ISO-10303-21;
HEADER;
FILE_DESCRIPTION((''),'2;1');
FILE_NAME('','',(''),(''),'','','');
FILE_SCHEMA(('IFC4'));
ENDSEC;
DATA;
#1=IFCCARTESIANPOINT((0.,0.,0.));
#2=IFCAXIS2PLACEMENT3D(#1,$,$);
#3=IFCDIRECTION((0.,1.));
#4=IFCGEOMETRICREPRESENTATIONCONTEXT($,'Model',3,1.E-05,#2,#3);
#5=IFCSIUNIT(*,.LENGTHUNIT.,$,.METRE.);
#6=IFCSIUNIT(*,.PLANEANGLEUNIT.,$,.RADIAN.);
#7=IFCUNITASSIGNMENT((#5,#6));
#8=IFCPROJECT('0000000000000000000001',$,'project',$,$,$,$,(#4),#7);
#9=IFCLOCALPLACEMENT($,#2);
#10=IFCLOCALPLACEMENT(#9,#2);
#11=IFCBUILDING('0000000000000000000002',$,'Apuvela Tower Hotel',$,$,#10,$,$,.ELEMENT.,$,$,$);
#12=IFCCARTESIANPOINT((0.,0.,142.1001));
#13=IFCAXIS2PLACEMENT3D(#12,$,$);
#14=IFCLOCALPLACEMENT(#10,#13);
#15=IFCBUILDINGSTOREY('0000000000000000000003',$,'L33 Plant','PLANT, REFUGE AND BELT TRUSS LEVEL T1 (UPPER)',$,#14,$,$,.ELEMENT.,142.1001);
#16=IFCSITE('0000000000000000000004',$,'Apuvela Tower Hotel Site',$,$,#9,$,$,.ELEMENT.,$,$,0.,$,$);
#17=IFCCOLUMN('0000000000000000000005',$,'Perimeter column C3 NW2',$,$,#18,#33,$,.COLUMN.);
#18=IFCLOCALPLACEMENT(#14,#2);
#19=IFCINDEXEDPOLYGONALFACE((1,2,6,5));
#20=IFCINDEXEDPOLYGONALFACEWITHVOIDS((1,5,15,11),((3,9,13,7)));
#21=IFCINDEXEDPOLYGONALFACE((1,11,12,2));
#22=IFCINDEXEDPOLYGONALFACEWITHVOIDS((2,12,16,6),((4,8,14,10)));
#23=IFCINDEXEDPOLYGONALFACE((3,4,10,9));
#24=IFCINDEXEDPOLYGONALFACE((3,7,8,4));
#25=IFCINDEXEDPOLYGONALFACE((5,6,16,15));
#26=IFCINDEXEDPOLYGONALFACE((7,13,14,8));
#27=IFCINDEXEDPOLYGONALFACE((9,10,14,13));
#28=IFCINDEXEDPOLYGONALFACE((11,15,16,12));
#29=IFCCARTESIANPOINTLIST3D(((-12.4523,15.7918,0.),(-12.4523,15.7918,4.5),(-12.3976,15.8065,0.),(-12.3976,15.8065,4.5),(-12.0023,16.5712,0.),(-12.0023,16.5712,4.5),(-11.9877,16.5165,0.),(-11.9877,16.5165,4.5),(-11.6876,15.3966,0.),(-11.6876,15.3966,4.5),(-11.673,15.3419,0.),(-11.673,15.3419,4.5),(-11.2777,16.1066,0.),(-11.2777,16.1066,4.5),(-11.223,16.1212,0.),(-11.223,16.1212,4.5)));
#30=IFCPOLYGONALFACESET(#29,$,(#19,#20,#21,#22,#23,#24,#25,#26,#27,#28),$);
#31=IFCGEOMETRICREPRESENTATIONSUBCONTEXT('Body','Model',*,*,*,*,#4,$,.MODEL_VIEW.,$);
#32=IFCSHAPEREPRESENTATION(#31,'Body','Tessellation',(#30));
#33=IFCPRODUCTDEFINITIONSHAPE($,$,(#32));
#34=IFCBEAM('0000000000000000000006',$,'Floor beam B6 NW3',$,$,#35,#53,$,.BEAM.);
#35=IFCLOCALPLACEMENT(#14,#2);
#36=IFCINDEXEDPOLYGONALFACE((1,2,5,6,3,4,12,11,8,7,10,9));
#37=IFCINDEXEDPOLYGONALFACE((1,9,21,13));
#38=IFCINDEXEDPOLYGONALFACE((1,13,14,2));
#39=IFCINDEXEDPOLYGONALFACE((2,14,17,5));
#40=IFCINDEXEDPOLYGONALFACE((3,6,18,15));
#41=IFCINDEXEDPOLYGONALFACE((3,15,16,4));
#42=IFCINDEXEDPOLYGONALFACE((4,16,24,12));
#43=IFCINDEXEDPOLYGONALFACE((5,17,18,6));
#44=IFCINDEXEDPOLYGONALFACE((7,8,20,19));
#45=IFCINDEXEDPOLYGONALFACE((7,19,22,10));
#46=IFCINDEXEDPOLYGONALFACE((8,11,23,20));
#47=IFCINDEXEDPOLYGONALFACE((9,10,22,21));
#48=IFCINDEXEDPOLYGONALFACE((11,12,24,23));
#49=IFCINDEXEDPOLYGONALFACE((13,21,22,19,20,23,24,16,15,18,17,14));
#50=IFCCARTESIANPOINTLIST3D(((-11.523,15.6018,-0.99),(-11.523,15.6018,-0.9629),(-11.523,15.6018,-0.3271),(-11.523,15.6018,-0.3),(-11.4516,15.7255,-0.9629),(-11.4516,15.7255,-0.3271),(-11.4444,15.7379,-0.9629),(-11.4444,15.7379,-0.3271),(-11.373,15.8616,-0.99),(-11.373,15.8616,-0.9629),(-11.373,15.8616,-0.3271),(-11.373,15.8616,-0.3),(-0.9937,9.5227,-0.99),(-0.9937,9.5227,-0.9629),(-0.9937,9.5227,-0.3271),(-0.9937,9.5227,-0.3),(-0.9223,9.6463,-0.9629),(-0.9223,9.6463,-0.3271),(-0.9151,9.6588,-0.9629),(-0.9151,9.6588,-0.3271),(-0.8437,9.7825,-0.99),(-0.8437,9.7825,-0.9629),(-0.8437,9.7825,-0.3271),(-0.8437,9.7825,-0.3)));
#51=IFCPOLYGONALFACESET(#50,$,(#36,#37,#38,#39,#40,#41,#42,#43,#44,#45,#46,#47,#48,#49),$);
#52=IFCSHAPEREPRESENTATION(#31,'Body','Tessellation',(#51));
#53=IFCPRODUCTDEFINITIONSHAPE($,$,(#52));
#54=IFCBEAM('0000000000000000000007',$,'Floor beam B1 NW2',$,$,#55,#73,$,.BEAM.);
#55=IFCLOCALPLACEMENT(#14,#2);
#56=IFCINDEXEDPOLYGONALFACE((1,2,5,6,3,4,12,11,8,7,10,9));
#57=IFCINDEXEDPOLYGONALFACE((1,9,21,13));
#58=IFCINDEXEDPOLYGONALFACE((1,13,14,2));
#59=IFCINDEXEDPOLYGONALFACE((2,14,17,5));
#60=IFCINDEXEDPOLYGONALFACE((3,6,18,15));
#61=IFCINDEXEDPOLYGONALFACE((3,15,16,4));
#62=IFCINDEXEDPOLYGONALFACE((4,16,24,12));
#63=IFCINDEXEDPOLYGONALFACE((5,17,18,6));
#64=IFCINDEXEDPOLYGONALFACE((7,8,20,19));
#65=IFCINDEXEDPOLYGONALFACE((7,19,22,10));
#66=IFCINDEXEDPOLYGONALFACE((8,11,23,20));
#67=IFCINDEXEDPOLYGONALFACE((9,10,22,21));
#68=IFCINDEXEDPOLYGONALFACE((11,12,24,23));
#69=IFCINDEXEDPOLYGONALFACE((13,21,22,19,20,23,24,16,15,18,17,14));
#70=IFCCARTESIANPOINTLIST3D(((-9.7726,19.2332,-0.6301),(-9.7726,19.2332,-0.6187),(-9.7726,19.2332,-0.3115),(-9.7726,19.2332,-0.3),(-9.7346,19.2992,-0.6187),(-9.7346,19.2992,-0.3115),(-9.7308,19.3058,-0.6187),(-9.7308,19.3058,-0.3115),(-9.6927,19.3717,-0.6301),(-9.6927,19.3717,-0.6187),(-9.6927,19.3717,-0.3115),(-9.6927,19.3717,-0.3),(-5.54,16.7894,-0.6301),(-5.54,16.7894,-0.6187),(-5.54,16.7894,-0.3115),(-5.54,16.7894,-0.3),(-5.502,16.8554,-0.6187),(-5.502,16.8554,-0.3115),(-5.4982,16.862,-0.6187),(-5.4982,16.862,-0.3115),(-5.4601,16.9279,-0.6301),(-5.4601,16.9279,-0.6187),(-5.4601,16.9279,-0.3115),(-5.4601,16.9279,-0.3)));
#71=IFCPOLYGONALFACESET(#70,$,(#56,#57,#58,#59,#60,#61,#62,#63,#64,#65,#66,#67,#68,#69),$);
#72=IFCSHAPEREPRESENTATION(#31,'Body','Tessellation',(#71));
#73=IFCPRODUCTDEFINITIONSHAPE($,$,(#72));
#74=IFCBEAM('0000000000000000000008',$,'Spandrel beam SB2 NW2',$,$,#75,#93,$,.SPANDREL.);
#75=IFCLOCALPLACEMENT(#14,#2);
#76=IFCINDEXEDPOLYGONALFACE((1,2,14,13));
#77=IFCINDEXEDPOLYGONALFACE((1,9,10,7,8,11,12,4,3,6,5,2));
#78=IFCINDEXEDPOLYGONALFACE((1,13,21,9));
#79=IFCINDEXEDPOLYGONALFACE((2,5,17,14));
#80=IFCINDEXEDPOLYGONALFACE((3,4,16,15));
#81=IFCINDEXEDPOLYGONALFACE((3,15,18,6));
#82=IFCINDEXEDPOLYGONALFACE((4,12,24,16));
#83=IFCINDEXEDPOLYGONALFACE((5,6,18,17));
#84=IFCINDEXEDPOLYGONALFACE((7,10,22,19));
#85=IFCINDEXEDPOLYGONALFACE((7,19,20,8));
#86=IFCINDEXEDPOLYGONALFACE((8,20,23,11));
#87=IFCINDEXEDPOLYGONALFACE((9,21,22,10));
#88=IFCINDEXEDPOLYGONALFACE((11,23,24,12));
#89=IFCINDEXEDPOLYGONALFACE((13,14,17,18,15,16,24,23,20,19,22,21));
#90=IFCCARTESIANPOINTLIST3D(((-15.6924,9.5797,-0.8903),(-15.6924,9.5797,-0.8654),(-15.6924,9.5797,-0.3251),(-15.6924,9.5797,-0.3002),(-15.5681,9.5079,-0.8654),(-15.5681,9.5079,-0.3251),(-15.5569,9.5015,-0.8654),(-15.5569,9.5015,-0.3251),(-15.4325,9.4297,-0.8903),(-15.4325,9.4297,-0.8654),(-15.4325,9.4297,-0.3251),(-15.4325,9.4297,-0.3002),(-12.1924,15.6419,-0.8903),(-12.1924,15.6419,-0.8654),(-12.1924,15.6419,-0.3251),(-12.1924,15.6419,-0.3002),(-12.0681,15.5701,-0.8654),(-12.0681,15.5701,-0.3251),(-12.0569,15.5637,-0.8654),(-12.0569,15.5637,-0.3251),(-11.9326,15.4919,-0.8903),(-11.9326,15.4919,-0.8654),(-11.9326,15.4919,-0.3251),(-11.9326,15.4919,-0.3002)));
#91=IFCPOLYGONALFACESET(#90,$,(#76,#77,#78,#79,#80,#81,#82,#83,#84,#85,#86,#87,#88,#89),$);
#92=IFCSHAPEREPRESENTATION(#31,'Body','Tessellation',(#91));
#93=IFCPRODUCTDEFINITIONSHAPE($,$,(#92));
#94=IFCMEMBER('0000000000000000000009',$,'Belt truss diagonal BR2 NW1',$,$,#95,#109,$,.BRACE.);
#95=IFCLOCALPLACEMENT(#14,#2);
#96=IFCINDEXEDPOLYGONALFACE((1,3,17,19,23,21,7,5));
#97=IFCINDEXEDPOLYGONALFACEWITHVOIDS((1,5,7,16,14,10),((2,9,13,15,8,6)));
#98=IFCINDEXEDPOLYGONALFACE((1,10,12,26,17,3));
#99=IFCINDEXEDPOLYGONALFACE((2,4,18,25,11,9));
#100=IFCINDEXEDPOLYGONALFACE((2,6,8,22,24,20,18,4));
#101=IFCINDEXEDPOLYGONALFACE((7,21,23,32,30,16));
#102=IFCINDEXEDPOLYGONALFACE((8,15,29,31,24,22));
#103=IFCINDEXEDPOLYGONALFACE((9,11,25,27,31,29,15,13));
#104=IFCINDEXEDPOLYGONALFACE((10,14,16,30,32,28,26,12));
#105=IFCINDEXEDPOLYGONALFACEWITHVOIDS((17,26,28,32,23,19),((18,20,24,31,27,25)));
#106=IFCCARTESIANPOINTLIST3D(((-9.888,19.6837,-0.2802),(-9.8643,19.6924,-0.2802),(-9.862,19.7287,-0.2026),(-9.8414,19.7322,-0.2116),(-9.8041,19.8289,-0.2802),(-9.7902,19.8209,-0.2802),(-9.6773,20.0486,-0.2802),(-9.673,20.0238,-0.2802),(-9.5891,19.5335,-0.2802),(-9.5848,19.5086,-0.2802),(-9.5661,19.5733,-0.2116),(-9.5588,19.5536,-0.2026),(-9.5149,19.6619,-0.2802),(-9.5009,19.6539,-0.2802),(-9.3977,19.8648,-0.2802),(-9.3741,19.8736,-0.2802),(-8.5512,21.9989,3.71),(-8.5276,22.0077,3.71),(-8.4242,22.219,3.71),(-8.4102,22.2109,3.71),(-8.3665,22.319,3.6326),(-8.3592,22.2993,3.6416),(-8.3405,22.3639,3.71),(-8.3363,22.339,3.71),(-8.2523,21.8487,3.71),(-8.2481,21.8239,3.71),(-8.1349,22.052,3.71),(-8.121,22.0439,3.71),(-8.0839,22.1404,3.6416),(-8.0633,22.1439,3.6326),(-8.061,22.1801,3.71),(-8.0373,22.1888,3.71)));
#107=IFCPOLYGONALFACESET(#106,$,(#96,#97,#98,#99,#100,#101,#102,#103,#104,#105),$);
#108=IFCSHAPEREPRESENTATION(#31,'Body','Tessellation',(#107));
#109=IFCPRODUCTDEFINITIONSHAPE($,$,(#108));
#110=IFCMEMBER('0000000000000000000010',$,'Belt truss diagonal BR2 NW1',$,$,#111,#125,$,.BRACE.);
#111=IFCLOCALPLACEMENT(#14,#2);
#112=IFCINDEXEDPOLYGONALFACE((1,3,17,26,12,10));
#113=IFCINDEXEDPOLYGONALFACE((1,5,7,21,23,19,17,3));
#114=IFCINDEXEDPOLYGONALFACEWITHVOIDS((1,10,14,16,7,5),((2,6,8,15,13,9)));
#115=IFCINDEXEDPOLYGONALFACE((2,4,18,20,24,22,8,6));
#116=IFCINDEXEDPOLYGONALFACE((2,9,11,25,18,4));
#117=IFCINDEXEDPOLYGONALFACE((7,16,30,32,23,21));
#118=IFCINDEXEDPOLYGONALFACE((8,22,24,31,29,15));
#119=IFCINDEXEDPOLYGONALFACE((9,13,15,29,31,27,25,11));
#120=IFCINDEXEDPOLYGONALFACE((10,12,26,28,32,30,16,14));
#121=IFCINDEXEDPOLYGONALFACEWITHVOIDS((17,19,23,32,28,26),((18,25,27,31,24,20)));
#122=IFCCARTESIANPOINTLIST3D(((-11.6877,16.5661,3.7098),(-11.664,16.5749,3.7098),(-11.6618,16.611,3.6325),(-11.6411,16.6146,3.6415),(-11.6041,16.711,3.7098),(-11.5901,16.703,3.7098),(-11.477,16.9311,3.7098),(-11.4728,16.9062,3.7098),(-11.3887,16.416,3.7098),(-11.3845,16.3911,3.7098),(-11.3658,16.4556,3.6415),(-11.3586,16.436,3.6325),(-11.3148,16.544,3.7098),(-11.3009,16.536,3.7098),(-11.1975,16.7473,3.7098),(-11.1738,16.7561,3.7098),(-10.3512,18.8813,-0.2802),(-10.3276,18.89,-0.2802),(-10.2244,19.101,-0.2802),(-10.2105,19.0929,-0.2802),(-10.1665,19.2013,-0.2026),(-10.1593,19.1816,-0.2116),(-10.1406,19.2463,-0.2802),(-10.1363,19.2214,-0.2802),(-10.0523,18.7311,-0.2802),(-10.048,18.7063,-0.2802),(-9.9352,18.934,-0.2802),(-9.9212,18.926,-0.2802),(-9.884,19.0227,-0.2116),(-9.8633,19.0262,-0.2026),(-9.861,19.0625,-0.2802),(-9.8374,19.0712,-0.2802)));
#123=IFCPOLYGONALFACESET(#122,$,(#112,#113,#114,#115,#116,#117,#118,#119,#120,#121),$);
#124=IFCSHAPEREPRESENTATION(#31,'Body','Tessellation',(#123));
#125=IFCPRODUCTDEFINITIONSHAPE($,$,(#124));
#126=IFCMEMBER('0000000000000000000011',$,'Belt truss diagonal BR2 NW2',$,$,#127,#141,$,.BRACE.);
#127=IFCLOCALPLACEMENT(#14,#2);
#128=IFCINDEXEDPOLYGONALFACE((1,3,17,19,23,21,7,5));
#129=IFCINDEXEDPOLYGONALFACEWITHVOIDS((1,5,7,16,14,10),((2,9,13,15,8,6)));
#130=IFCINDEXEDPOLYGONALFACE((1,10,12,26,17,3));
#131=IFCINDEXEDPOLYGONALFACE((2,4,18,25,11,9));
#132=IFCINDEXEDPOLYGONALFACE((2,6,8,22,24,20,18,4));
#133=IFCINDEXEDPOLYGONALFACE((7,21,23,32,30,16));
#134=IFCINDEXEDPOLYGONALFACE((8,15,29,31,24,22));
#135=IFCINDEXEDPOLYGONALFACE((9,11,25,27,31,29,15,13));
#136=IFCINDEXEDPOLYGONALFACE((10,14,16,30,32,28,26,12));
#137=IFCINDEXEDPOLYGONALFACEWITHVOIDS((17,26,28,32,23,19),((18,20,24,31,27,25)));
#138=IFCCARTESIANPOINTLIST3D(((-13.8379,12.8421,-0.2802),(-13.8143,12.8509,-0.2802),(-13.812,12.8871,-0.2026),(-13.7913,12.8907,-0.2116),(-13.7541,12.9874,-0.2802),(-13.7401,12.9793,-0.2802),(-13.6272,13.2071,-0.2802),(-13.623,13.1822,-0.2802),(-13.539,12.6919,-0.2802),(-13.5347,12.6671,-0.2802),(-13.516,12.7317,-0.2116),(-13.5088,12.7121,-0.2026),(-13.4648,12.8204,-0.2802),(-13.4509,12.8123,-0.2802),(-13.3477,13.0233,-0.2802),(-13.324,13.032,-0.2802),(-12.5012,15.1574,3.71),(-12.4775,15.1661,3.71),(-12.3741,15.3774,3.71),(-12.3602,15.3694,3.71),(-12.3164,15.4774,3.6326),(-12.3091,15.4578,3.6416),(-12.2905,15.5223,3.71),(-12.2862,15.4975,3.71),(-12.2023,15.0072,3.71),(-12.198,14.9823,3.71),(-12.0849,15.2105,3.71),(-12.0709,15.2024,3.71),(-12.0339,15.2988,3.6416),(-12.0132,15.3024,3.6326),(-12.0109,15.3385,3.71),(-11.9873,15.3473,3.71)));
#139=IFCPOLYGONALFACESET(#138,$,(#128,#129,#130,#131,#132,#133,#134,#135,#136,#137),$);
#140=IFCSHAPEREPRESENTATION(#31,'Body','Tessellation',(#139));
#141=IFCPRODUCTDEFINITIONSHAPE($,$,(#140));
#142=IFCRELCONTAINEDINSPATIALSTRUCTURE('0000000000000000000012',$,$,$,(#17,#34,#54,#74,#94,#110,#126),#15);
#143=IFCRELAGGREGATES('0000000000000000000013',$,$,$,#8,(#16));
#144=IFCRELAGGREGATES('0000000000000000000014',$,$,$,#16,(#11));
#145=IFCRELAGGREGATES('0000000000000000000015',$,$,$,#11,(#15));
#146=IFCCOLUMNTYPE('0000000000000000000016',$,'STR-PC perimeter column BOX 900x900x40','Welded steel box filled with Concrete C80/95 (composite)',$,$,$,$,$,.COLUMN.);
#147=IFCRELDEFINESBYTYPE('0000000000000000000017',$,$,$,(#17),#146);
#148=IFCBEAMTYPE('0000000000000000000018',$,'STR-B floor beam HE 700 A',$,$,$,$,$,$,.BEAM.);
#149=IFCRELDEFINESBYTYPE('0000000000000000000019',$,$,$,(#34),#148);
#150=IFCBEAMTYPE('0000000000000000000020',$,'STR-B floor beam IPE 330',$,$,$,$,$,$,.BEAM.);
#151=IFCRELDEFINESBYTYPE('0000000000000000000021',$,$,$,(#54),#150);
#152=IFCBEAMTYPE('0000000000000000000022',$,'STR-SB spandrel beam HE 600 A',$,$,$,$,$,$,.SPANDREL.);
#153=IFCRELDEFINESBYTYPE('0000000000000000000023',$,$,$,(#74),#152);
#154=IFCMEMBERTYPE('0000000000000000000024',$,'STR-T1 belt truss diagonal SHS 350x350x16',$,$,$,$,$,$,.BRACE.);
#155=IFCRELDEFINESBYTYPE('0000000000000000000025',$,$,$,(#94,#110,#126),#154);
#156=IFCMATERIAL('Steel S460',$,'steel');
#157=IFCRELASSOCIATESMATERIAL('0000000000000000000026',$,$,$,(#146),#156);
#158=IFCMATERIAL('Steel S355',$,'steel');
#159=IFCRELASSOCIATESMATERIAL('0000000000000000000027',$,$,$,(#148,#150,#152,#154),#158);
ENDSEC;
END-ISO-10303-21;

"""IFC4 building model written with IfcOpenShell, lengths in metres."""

from ifc_helpers import new_model, si_unit, direction, frame, origin, origin_2d, place, context, subcontext, project, spatial, rectangle, hollow_rectangle, i_section, extrude, boolean, halfspace, material, material_profile, profile_set, type_object, element, save


model = new_model("IFC4")

# Units and contexts
model_context = context("Model", 3, precision=1e-05, world=origin(), true_north=direction((0.0, 1.0)))
body_context = subcontext(model_context, "Body", "Model", "MODEL_VIEW")
ifc_project = project(units=[si_unit("LENGTHUNIT", "METRE"), si_unit("PLANEANGLEUNIT", "RADIAN")], contexts=[model_context])

# Site, building, storey
site_placement = place(None, origin())
site = spatial("IfcSite", under=ifc_project, at=site_placement, Name="Apuvela Tower Hotel Site", CompositionType="ELEMENT", RefElevation=0.0)
building_placement = place(site_placement, origin())
building = spatial("IfcBuilding", under=site, at=building_placement, Name="Apuvela Tower Hotel", CompositionType="ELEMENT")
storey_placement = place(building_placement, frame((0.0, 0.0, 142.1001)))
storey = spatial("IfcBuildingStorey", under=building, at=storey_placement, Name="L33 Plant", Description="PLANT, REFUGE AND BELT TRUSS LEVEL T1 (UPPER)", CompositionType="ELEMENT", Elevation=142.1001)

# Column
ifc_material_1 = material(Name="Steel S460", Category="steel")
ifc_material_profile_1 = material_profile(ifc_material_1, hollow_rectangle(XDim=0.8999, YDim=0.8999, WallThickness=0.04, at=origin_2d()), Name="BOX 900x900x40")
ifc_material_2 = material(Name="Concrete C80/95", Category="concrete")
ifc_material_profile_2 = material_profile(ifc_material_2, rectangle(XDim=0.8201, YDim=0.8201, at=origin_2d()), Name="Concrete C80/95 infill")
ifc_profile_set_1 = profile_set([ifc_material_profile_1, ifc_material_profile_2], Name="Steel S460")
column_type = type_object("IfcColumnType", Name="STR-PC perimeter column BOX 900x900x40", Description="Welded steel box filled with Concrete C80/95 (composite)", PredefinedType="COLUMN", material=ifc_profile_set_1)
column_placement = place(storey_placement, frame((-11.8376, 15.9565, 0.0), z_axis=(0.0, 0.0, 1.0), x_axis=(0.5, 0.866025, 0.0)))
element("IfcColumn", 1, at=column_placement, inside=storey, type_object=column_type, Name="Perimeter column C3 NW2", PredefinedType="COLUMN", context=body_context, shape_type="SweptSolid", body=[
    extrude(hollow_rectangle(XDim=0.8999, YDim=0.8999, WallThickness=0.04, at=origin_2d()), origin(), (0.0, 0.0, 1.0), 4.5),
])

# Beams
ifc_material_3 = material(Name="Steel S355", Category="steel")
ifc_material_profile_3 = material_profile(ifc_material_3, i_section(OverallWidth=0.3, OverallDepth=0.6899, WebThickness=0.0144, FlangeThickness=0.0271, at=origin_2d()), Name="HE 700 A")
ifc_profile_set_2 = profile_set([ifc_material_profile_3], Name="Steel S355")
beam_type_1 = type_object("IfcBeamType", Name="STR-B floor beam HE 700 A", PredefinedType="BEAM", material=ifc_profile_set_2)
beam_1_placement = place(storey_placement, frame((-11.448, 15.7317, -0.645), z_axis=(0.866025, -0.500001, 0.0), x_axis=(0.500001, 0.866025, 0.0)))
element("IfcBeam", 2, at=beam_1_placement, inside=storey, type_object=beam_type_1, Name="Floor beam B6 NW3", PredefinedType="BEAM", context=body_context, shape_type="SweptSolid", body=[
    extrude(i_section(OverallWidth=0.3, OverallDepth=0.6899, WebThickness=0.0144, FlangeThickness=0.0271, at=origin_2d()), origin(), (0.0, 0.0, 1.0), 12.1582),
])
ifc_material_profile_4 = material_profile(ifc_material_3, i_section(OverallWidth=0.1599, OverallDepth=0.3301, WebThickness=0.0076, FlangeThickness=0.0115, at=origin_2d()), Name="IPE 330")
ifc_profile_set_3 = profile_set([ifc_material_profile_4], Name="Steel S355")
beam_type_2 = type_object("IfcBeamType", Name="STR-B floor beam IPE 330", PredefinedType="BEAM", material=ifc_profile_set_3)
beam_2_placement = place(storey_placement, frame((-9.7327, 19.3025, -0.4651), z_axis=(0.866015, -0.500018, 0.0), x_axis=(0.500018, 0.866015, 0.0)))
element("IfcBeam", 3, at=beam_2_placement, inside=storey, type_object=beam_type_2, Name="Floor beam B1 NW2", PredefinedType="BEAM", context=body_context, shape_type="SweptSolid", body=[
    extrude(i_section(OverallWidth=0.1599, OverallDepth=0.3301, WebThickness=0.0076, FlangeThickness=0.0115, at=origin_2d()), origin(), (0.0, 0.0, 1.0), 4.8875),
])
ifc_material_profile_5 = material_profile(ifc_material_3, i_section(OverallWidth=0.3, OverallDepth=0.5901, WebThickness=0.0129, FlangeThickness=0.0249, at=origin_2d()), Name="HE 600 A")
ifc_profile_set_4 = profile_set([ifc_material_profile_5], Name="Steel S355")
beam_type_3 = type_object("IfcBeamType", Name="STR-SB spandrel beam HE 600 A", PredefinedType="SPANDREL", material=ifc_profile_set_4)
beam_3_placement = place(storey_placement, frame((-12.0625, 15.5669, -0.5952), z_axis=(-0.499995, -0.866028, 0.0), x_axis=(0.866028, -0.499995, 0.0)))
element("IfcBeam", 4, at=beam_3_placement, inside=storey, type_object=beam_type_3, Name="Spandrel beam SB2 NW2", PredefinedType="SPANDREL", context=body_context, shape_type="SweptSolid", body=[
    extrude(i_section(OverallWidth=0.3, OverallDepth=0.5901, WebThickness=0.0129, FlangeThickness=0.0249, at=origin_2d()), origin(), (0.0, 0.0, 1.0), 7.0),
])

# Members
ifc_material_profile_6 = material_profile(ifc_material_3, hollow_rectangle(XDim=0.3501, YDim=0.3501, WallThickness=0.0161, at=origin_2d()), Name="SHS 350x350x16")
ifc_profile_set_5 = profile_set([ifc_material_profile_6], Name="Steel S355")
member_type = type_object("IfcMemberType", Name="STR-T1 belt truss diagonal SHS 350x350x16", PredefinedType="BRACE", material=ifc_profile_set_5)
member_1_placement = place(storey_placement, frame((-9.6377, 19.7671, -0.3), z_axis=(0.278315, 0.482044, 0.830768), x_axis=(-0.415392, -0.719461, 0.556619)))
solid_1 = boolean("DIFFERENCE", boolean("DIFFERENCE", extrude(hollow_rectangle(XDim=0.3501, YDim=0.3501, WallThickness=0.0161, at=origin_2d()), frame((0.0, 0.0, -0.2373)), (0.0, 0.0, 1.0), 5.3254), halfspace(frame((0.0, 0.0, 0.0239), z_axis=(0.556619, 0.0, 0.830768), x_axis=(0.830768, 0.0, -0.556619)), True)), halfspace(frame((0.0, 0.0, 4.8269), z_axis=(0.556619, 0.0, 0.830768), x_axis=(0.830768, 0.0, -0.556619)), False))
element("IfcMember", 5, at=member_1_placement, inside=storey, type_object=member_type, Name="Belt truss diagonal BR2 NW1", PredefinedType="BRACE", context=body_context, shape_type="SweptSolid", body=[
    boolean("UNION", boolean("DIFFERENCE", boolean("DIFFERENCE", extrude(hollow_rectangle(XDim=0.3501, YDim=0.3501, WallThickness=0.0161, at=origin_2d()), origin(), (0.0, 0.0, 1.0), 4.8511), halfspace(frame((0.0, 0.0, 0.0239), z_axis=(0.556619, 0.0, 0.830768), x_axis=(0.830768, 0.0, -0.556619)), True)), halfspace(frame((0.0, 0.0, 4.8269), z_axis=(0.556619, 0.0, 0.830768), x_axis=(0.830768, 0.0, -0.556619)), False)), solid_1),
])
member_2_placement = place(storey_placement, frame((-10.0876, 18.9878, -0.3), z_axis=(-0.278269, -0.48205, 0.830779), x_axis=(0.415341, 0.719504, 0.556602)))
solid_2 = boolean("DIFFERENCE", boolean("DIFFERENCE", extrude(hollow_rectangle(XDim=0.3501, YDim=0.3501, WallThickness=0.0161, at=origin_2d()), frame((0.0, 0.0, -0.2373)), (0.0, 0.0, 1.0), 5.3252), halfspace(frame((0.0, 0.0, 0.0239), z_axis=(0.556602, 0.0, 0.830779), x_axis=(0.830779, 0.0, -0.556602)), True)), halfspace(frame((0.0, 0.0, 4.8267), z_axis=(0.556602, 0.0, 0.830779), x_axis=(0.830779, 0.0, -0.556602)), False))
element("IfcMember", 6, at=member_2_placement, inside=storey, type_object=member_type, Name="Belt truss diagonal BR2 NW1", PredefinedType="BRACE", context=body_context, shape_type="SweptSolid", body=[
    boolean("UNION", boolean("DIFFERENCE", boolean("DIFFERENCE", extrude(hollow_rectangle(XDim=0.3501, YDim=0.3501, WallThickness=0.0161, at=origin_2d()), origin(), (0.0, 0.0, 1.0), 4.8508), halfspace(frame((0.0, 0.0, 0.0239), z_axis=(0.556602, 0.0, 0.830779), x_axis=(0.830779, 0.0, -0.556602)), True)), halfspace(frame((0.0, 0.0, 4.8267), z_axis=(0.556602, 0.0, 0.830779), x_axis=(0.830779, 0.0, -0.556602)), False)), solid_2),
])
member_3_placement = place(storey_placement, frame((-13.5876, 12.9255, -0.3), z_axis=(0.278315, 0.482044, 0.830768), x_axis=(-0.415392, -0.719461, 0.556619)))
solid_3 = boolean("DIFFERENCE", boolean("DIFFERENCE", extrude(hollow_rectangle(XDim=0.3501, YDim=0.3501, WallThickness=0.0161, at=origin_2d()), frame((0.0, 0.0, -0.2373)), (0.0, 0.0, 1.0), 5.3254), halfspace(frame((0.0, 0.0, 0.0239), z_axis=(0.556619, 0.0, 0.830768), x_axis=(0.830768, 0.0, -0.556619)), True)), halfspace(frame((0.0, 0.0, 4.8269), z_axis=(0.556619, 0.0, 0.830768), x_axis=(0.830768, 0.0, -0.556619)), False))
element("IfcMember", 7, at=member_3_placement, inside=storey, type_object=member_type, Name="Belt truss diagonal BR2 NW2", PredefinedType="BRACE", context=body_context, shape_type="SweptSolid", body=[
    boolean("UNION", boolean("DIFFERENCE", boolean("DIFFERENCE", extrude(hollow_rectangle(XDim=0.3501, YDim=0.3501, WallThickness=0.0161, at=origin_2d()), origin(), (0.0, 0.0, 1.0), 4.8511), halfspace(frame((0.0, 0.0, 0.0239), z_axis=(0.556619, 0.0, 0.830768), x_axis=(0.830768, 0.0, -0.556619)), True)), halfspace(frame((0.0, 0.0, 4.8269), z_axis=(0.556619, 0.0, 0.830768), x_axis=(0.830768, 0.0, -0.556619)), False)), solid_3),
])

save(model, "model.ifc")
